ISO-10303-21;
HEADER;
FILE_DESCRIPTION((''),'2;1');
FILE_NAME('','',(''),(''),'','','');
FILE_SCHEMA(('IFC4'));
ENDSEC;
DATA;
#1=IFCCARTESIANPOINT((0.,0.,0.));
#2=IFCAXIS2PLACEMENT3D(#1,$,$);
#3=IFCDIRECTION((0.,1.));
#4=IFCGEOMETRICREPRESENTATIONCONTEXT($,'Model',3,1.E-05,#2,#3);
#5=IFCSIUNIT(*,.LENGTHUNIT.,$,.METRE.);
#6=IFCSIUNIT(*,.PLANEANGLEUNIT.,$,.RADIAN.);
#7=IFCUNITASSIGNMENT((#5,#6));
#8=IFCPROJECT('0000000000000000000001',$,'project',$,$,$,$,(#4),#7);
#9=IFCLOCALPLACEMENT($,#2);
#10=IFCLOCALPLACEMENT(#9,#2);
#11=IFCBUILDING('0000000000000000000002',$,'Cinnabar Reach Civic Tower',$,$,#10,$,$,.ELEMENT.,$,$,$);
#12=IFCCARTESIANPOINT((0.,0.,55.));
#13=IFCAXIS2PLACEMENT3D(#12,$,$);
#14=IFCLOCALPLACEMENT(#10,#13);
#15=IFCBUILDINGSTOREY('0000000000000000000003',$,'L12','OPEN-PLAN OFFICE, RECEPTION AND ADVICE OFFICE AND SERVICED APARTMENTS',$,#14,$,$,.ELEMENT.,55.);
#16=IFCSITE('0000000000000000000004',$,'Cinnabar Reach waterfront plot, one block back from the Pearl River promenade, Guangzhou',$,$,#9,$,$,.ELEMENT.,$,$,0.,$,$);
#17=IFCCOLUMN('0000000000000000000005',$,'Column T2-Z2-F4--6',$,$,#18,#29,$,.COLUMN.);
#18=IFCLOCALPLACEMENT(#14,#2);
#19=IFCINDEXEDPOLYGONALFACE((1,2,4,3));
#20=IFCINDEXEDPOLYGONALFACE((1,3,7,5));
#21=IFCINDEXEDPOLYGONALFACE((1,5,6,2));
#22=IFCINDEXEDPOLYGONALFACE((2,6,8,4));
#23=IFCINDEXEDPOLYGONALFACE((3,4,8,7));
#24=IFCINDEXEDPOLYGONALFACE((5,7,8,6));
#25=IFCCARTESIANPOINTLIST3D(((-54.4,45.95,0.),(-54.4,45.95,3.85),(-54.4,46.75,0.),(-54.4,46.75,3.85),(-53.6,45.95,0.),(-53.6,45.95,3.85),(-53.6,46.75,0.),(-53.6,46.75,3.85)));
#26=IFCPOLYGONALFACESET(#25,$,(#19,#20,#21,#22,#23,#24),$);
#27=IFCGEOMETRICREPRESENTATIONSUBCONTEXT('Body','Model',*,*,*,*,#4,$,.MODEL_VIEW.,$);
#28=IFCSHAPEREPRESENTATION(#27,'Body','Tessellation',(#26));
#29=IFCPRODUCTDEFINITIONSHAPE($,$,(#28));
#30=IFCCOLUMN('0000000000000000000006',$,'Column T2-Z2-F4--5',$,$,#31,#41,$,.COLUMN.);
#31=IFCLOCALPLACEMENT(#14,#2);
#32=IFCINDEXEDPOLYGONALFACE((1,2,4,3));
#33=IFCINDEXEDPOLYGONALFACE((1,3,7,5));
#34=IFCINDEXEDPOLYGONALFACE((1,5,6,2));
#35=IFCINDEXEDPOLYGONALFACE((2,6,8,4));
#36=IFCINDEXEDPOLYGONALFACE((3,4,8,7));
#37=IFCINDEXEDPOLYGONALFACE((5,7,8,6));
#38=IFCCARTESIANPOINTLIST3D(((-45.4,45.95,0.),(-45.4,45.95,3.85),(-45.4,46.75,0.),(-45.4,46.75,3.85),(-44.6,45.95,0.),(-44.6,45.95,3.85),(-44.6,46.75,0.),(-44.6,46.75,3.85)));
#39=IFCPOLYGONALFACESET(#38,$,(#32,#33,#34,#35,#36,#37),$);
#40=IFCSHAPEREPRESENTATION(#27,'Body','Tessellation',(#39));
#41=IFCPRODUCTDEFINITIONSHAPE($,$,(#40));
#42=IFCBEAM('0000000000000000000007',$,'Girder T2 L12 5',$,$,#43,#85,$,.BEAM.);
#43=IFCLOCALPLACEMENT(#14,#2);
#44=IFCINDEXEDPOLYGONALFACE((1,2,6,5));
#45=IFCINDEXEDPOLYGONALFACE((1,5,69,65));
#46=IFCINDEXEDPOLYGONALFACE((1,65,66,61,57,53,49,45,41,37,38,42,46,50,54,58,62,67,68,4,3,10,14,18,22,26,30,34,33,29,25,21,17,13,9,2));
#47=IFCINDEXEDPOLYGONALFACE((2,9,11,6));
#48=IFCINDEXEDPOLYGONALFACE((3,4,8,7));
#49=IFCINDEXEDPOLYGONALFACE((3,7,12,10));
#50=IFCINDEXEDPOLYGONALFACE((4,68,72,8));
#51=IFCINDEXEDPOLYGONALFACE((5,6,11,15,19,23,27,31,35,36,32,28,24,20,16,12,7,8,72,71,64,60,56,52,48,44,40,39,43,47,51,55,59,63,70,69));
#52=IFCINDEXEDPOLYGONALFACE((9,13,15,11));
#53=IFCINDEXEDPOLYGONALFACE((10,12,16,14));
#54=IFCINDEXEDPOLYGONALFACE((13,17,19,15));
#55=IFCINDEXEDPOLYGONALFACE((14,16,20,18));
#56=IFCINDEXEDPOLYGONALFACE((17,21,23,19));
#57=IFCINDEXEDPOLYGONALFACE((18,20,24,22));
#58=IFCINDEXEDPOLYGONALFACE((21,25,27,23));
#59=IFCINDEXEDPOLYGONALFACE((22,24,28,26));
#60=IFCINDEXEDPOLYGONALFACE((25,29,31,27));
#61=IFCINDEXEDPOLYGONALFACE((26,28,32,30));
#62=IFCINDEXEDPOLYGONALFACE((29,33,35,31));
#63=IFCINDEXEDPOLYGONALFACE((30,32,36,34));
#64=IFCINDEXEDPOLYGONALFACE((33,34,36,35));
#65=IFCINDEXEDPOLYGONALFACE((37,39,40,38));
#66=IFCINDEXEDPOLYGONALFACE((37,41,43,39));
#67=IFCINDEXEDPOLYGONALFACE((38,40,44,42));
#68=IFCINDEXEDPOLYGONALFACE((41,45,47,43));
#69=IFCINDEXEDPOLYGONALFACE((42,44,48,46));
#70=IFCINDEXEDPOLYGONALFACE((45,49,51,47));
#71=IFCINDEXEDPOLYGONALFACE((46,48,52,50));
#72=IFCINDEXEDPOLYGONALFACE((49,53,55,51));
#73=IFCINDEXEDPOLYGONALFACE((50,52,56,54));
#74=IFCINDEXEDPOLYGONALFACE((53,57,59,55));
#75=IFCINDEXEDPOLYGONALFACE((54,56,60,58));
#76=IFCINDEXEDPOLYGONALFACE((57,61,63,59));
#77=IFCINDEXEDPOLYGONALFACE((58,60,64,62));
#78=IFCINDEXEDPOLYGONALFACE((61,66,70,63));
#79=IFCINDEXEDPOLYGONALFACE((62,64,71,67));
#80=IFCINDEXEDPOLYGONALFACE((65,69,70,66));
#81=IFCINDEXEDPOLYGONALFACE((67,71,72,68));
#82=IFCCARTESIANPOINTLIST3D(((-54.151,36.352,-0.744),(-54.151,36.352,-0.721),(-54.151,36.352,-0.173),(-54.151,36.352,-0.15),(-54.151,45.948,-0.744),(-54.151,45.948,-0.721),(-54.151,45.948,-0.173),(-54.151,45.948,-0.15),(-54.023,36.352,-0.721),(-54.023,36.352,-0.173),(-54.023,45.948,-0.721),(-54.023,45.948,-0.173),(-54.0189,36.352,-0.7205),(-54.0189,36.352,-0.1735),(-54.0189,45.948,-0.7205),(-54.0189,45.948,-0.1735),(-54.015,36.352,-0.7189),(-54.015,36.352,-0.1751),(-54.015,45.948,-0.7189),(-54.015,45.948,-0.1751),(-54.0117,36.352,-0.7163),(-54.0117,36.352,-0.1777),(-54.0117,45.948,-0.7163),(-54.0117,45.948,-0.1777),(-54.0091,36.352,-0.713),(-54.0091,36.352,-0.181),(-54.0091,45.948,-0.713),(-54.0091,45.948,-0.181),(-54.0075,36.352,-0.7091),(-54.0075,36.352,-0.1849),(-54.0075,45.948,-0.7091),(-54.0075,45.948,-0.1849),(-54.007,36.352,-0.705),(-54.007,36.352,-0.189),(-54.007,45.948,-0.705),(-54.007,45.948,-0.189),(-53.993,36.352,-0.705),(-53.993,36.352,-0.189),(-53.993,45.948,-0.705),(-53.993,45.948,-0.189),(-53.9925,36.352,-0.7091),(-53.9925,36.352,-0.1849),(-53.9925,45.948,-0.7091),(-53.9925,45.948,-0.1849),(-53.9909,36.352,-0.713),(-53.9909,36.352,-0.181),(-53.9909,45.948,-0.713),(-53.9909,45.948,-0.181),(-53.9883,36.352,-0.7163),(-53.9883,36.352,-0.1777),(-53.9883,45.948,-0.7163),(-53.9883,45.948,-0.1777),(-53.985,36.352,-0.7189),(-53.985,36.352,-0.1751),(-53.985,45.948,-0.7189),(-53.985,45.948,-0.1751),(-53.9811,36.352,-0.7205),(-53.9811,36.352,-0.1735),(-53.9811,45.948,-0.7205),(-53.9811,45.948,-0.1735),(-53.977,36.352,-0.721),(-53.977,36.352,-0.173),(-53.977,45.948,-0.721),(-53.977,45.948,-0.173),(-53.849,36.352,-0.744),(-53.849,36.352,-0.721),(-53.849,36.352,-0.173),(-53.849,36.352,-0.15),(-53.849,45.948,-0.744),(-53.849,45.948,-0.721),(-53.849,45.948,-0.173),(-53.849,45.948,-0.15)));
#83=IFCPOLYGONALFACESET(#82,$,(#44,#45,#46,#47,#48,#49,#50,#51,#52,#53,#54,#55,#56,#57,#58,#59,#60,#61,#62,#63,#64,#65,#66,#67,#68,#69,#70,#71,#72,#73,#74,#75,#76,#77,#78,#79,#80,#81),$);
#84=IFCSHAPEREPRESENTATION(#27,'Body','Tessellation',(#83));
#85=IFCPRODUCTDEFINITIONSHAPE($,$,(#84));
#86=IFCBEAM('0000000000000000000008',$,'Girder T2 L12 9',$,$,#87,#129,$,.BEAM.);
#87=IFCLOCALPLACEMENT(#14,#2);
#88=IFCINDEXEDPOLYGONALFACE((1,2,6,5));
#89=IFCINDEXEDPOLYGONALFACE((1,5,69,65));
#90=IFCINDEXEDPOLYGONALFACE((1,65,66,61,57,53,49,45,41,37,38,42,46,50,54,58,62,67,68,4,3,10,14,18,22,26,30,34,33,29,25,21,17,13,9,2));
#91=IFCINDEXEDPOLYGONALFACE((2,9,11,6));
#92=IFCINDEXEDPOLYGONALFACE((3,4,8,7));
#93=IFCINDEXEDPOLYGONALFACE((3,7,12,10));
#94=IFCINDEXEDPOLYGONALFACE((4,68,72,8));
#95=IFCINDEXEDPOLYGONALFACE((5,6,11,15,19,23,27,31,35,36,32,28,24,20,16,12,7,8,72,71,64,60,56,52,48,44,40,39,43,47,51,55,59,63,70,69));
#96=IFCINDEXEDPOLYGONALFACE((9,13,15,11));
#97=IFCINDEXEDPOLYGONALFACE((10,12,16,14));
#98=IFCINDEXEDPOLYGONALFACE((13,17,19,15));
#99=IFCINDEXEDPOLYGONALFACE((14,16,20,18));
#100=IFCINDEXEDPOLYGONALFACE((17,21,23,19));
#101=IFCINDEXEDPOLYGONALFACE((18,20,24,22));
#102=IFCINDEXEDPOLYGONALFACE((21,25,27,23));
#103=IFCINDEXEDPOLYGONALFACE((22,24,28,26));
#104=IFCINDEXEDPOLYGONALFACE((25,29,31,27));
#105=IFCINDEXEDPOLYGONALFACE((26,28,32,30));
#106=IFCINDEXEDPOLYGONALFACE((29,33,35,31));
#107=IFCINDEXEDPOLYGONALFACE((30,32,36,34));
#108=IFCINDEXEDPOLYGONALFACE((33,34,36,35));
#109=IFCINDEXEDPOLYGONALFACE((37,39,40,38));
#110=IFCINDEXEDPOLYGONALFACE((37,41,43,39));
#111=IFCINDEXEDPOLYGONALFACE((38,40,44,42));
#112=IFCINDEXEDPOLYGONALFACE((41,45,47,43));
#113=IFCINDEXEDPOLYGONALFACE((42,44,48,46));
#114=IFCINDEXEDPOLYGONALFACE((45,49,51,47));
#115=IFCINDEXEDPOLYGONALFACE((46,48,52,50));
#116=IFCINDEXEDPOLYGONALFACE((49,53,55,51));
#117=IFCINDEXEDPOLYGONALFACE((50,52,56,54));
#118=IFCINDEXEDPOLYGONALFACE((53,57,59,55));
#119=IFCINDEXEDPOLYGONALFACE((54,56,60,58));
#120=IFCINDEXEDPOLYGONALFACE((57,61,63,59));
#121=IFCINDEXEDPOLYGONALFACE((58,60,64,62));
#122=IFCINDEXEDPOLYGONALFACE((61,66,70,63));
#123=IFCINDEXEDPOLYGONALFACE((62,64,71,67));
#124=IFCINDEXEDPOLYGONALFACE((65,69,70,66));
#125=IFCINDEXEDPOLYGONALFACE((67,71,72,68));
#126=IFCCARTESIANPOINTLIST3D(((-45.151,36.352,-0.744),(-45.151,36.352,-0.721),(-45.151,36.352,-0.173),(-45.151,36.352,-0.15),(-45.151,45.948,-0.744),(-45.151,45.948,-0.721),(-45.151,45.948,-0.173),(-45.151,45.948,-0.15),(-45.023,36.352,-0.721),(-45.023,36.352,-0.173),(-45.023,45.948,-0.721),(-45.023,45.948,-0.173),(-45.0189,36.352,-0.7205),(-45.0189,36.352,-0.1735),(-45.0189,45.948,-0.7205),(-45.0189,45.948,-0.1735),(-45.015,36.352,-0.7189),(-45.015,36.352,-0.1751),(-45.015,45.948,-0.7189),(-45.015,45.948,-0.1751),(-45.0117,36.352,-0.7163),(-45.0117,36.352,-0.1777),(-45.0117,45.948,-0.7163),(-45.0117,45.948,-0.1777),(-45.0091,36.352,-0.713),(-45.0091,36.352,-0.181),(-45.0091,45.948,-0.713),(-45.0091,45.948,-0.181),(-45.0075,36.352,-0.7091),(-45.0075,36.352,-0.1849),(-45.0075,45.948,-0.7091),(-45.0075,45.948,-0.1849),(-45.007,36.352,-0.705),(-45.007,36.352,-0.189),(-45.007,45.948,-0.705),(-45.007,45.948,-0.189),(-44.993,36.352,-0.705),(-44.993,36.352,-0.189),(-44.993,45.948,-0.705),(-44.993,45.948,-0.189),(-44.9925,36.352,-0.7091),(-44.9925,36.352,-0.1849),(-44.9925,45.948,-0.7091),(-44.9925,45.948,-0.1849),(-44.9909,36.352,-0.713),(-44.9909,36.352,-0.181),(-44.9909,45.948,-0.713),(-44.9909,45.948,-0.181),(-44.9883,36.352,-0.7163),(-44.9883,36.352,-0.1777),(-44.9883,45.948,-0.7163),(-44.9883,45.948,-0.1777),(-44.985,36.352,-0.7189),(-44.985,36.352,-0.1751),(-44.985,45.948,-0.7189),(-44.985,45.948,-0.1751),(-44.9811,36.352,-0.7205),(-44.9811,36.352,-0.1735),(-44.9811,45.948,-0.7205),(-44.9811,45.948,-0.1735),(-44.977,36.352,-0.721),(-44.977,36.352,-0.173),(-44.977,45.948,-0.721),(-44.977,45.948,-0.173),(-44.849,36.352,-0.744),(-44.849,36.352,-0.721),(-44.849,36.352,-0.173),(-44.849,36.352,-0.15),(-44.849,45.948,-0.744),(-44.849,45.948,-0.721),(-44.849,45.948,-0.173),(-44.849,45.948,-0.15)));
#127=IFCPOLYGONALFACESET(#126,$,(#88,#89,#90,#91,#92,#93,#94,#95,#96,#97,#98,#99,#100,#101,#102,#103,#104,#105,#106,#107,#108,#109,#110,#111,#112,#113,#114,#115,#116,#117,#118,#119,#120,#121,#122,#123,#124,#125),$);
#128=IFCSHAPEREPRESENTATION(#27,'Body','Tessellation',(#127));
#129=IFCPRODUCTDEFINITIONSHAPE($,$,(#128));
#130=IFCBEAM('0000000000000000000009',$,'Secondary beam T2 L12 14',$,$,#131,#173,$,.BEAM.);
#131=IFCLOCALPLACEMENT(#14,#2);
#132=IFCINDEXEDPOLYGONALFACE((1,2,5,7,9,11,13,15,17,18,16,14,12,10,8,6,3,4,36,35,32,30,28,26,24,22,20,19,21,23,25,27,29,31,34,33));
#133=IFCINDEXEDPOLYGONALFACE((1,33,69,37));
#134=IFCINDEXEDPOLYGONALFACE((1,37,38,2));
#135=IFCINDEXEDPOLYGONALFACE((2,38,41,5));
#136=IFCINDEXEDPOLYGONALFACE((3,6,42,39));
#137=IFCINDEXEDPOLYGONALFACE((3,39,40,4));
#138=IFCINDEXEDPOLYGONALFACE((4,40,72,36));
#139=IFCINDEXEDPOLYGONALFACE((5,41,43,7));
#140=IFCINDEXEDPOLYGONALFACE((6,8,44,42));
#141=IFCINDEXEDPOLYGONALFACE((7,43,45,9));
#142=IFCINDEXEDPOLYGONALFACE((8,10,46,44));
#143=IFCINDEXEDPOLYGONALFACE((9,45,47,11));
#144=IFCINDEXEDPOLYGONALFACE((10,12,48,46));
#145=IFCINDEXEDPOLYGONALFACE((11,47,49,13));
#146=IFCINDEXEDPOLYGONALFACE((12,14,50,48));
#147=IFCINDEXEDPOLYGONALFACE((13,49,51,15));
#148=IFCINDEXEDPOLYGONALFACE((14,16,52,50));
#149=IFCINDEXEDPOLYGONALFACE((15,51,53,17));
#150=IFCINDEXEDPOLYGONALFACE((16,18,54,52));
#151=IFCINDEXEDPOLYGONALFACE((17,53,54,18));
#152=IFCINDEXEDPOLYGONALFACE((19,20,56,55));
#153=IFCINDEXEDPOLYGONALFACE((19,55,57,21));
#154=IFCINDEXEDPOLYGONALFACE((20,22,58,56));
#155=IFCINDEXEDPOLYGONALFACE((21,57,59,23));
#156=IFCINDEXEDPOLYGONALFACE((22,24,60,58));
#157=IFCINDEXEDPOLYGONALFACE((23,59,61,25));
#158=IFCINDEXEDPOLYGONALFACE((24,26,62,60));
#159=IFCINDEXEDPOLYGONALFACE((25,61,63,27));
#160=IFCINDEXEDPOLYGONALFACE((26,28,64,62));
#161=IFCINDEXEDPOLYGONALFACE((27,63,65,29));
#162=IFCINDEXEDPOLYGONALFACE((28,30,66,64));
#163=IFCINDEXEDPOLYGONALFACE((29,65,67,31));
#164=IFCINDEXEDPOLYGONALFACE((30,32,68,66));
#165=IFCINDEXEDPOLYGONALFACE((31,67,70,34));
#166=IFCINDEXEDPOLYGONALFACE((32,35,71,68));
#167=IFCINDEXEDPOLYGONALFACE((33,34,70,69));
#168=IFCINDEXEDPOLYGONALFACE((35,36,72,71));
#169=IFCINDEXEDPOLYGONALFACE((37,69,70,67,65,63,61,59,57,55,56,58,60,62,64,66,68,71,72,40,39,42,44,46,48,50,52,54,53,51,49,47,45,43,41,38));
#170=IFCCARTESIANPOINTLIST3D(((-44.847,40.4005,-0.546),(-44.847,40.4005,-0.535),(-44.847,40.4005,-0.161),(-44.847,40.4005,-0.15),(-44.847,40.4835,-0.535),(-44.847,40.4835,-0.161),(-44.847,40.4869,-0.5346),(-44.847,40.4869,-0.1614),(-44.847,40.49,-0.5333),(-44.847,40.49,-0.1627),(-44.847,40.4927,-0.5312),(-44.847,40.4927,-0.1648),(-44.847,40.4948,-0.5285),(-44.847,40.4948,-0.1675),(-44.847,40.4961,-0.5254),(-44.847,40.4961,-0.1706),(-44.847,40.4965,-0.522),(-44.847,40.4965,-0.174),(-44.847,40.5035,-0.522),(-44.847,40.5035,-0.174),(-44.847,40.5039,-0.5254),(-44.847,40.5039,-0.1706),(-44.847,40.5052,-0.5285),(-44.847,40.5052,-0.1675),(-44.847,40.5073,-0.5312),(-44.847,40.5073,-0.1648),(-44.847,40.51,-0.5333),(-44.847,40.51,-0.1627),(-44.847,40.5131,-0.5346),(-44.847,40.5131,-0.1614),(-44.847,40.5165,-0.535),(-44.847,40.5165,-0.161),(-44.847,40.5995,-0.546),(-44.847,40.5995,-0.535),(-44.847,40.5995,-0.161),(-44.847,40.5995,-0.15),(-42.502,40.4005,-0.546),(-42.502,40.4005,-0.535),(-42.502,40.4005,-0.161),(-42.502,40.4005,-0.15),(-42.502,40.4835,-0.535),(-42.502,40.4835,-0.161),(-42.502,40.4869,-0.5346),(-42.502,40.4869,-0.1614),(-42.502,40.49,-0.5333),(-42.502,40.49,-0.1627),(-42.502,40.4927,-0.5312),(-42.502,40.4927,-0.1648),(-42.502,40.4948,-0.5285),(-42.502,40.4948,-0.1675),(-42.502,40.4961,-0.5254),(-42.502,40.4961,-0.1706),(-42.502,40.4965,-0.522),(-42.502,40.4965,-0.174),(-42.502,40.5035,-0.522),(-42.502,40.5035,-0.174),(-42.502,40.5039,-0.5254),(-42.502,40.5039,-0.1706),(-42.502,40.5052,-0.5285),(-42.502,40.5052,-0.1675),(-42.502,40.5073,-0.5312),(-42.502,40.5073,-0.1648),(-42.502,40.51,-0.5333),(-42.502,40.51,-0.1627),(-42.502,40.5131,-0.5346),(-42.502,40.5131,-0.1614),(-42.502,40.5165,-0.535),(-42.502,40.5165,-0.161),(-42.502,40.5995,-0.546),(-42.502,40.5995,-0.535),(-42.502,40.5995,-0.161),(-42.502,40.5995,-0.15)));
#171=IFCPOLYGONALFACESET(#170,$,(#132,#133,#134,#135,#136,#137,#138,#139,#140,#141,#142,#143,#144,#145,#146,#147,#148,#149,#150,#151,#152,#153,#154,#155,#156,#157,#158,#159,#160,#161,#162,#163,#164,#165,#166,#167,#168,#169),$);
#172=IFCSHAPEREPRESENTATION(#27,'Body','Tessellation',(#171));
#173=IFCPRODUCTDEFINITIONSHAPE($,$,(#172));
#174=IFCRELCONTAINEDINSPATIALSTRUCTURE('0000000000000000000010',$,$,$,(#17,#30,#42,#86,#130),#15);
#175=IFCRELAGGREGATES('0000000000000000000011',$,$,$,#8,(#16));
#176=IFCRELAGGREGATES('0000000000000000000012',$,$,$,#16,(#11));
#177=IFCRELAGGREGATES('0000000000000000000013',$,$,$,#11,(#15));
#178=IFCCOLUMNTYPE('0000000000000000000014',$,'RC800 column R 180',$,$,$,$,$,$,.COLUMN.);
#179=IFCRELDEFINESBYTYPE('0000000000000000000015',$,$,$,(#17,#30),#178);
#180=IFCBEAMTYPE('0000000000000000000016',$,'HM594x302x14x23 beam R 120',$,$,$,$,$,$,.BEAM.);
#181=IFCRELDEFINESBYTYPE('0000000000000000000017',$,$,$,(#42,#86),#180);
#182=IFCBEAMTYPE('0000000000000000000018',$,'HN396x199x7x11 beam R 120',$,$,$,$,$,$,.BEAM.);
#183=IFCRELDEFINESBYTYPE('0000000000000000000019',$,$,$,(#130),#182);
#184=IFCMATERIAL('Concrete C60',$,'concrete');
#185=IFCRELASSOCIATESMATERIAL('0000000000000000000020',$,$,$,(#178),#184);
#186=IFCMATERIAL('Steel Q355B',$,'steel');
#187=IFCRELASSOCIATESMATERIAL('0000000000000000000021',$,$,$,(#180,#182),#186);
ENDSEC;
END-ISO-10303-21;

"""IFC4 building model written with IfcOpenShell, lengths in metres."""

from ifc_helpers import new_model, si_unit, direction, frame, origin, origin_2d, place, context, subcontext, project, spatial, rectangle, i_section, extrude, material, material_profile, profile_set, type_object, element, save


model = new_model("IFC4")

# Units and contexts
model_context = context("Model", 3, precision=1e-05, world=origin(), true_north=direction((0.0, 1.0)))
body_context = subcontext(model_context, "Body", "Model", "MODEL_VIEW")
ifc_project = project(units=[si_unit("LENGTHUNIT", "METRE"), si_unit("PLANEANGLEUNIT", "RADIAN")], contexts=[model_context])

# Site, building, storey
site_placement = place(None, origin())
site = spatial("IfcSite", under=ifc_project, at=site_placement, Name="Cinnabar Reach waterfront plot, one block back from the Pearl River promenade, Guangzhou", CompositionType="ELEMENT", RefElevation=0.0)
building_placement = place(site_placement, origin())
building = spatial("IfcBuilding", under=site, at=building_placement, Name="Cinnabar Reach Civic Tower", CompositionType="ELEMENT")
storey_placement = place(building_placement, frame((0.0, 0.0, 55.0)))
storey = spatial("IfcBuildingStorey", under=building, at=storey_placement, Name="L12", Description="OPEN-PLAN OFFICE, RECEPTION AND ADVICE OFFICE AND SERVICED APARTMENTS", CompositionType="ELEMENT", Elevation=55.0)

# Columns
ifc_material_1 = material(Name="Concrete C60", Category="concrete")
ifc_material_profile_1 = material_profile(ifc_material_1, rectangle(XDim=0.8, YDim=0.8, at=origin_2d()), Name="RC800")
ifc_profile_set_1 = profile_set([ifc_material_profile_1], Name="Concrete C60")
column_type = type_object("IfcColumnType", Name="RC800 column R 180", PredefinedType="COLUMN", material=ifc_profile_set_1)
for number, where, z_axis, x_axis, name in (
    (1, (-54.0, 46.35, 0.0), (0.0, 0.0, 1.0), (1.0, 0.0, 0.0), "Column T2-Z2-F4--6"),
    (2, (-45.0, 46.35, 0.0), (0.0, 0.0, 1.0), (1.0, 0.0, 0.0), "Column T2-Z2-F4--5"),
):
    element("IfcColumn", number, at=place(storey_placement, frame(where, z_axis=z_axis, x_axis=x_axis)), inside=storey, type_object=column_type, Name=name, PredefinedType="COLUMN", context=body_context, shape_type="SweptSolid", body=[
        extrude(rectangle(XDim=0.8, YDim=0.8, at=origin_2d()), origin(), (0.0, 0.0, 1.0), 3.85),
    ])

# Beams
ifc_material_2 = material(Name="Steel Q355B", Category="steel")
ifc_material_profile_2 = material_profile(ifc_material_2, i_section(OverallWidth=0.302, OverallDepth=0.594, WebThickness=0.014, FlangeThickness=0.023, FilletRadius=0.016, at=origin_2d()), Name="HM594x302x14x23")
ifc_profile_set_2 = profile_set([ifc_material_profile_2], Name="Steel Q355B")
beam_type_1 = type_object("IfcBeamType", Name="HM594x302x14x23 beam R 120", PredefinedType="BEAM", material=ifc_profile_set_2)
for number, where, z_axis, x_axis, name in (
    (3, (-54.0, 36.352, -0.447), (0.0, 1.0, 0.0), (-1.0, 0.0, 0.0), "Girder T2 L12 5"),
    (4, (-45.0, 36.352, -0.447), (0.0, 1.0, 0.0), (-1.0, 0.0, 0.0), "Girder T2 L12 9"),
):
    element("IfcBeam", number, at=place(storey_placement, frame(where, z_axis=z_axis, x_axis=x_axis)), inside=storey, type_object=beam_type_1, Name=name, PredefinedType="BEAM", context=body_context, shape_type="SweptSolid", body=[
        extrude(i_section(OverallWidth=0.302, OverallDepth=0.594, WebThickness=0.014, FlangeThickness=0.023, FilletRadius=0.016, at=origin_2d()), origin(), (0.0, 0.0, 1.0), 9.596),
    ])
ifc_material_profile_3 = material_profile(ifc_material_2, i_section(OverallWidth=0.199, OverallDepth=0.396, WebThickness=0.007, FlangeThickness=0.011, FilletRadius=0.013, at=origin_2d()), Name="HN396x199x7x11")
ifc_profile_set_3 = profile_set([ifc_material_profile_3], Name="Steel Q355B")
beam_type_2 = type_object("IfcBeamType", Name="HN396x199x7x11 beam R 120", PredefinedType="BEAM", material=ifc_profile_set_3)
beam_1_placement = place(storey_placement, frame((-44.847, 40.5, -0.348), z_axis=(1.0, 0.0, 0.0), x_axis=(0.0, 1.0, 0.0)))
element("IfcBeam", 5, at=beam_1_placement, inside=storey, type_object=beam_type_2, Name="Secondary beam T2 L12 14", PredefinedType="BEAM", context=body_context, shape_type="SweptSolid", body=[
    extrude(i_section(OverallWidth=0.199, OverallDepth=0.396, WebThickness=0.007, FlangeThickness=0.011, FilletRadius=0.013, at=origin_2d()), origin(), (0.0, 0.0, 1.0), 2.345),
])

save(model, "model.ifc")
